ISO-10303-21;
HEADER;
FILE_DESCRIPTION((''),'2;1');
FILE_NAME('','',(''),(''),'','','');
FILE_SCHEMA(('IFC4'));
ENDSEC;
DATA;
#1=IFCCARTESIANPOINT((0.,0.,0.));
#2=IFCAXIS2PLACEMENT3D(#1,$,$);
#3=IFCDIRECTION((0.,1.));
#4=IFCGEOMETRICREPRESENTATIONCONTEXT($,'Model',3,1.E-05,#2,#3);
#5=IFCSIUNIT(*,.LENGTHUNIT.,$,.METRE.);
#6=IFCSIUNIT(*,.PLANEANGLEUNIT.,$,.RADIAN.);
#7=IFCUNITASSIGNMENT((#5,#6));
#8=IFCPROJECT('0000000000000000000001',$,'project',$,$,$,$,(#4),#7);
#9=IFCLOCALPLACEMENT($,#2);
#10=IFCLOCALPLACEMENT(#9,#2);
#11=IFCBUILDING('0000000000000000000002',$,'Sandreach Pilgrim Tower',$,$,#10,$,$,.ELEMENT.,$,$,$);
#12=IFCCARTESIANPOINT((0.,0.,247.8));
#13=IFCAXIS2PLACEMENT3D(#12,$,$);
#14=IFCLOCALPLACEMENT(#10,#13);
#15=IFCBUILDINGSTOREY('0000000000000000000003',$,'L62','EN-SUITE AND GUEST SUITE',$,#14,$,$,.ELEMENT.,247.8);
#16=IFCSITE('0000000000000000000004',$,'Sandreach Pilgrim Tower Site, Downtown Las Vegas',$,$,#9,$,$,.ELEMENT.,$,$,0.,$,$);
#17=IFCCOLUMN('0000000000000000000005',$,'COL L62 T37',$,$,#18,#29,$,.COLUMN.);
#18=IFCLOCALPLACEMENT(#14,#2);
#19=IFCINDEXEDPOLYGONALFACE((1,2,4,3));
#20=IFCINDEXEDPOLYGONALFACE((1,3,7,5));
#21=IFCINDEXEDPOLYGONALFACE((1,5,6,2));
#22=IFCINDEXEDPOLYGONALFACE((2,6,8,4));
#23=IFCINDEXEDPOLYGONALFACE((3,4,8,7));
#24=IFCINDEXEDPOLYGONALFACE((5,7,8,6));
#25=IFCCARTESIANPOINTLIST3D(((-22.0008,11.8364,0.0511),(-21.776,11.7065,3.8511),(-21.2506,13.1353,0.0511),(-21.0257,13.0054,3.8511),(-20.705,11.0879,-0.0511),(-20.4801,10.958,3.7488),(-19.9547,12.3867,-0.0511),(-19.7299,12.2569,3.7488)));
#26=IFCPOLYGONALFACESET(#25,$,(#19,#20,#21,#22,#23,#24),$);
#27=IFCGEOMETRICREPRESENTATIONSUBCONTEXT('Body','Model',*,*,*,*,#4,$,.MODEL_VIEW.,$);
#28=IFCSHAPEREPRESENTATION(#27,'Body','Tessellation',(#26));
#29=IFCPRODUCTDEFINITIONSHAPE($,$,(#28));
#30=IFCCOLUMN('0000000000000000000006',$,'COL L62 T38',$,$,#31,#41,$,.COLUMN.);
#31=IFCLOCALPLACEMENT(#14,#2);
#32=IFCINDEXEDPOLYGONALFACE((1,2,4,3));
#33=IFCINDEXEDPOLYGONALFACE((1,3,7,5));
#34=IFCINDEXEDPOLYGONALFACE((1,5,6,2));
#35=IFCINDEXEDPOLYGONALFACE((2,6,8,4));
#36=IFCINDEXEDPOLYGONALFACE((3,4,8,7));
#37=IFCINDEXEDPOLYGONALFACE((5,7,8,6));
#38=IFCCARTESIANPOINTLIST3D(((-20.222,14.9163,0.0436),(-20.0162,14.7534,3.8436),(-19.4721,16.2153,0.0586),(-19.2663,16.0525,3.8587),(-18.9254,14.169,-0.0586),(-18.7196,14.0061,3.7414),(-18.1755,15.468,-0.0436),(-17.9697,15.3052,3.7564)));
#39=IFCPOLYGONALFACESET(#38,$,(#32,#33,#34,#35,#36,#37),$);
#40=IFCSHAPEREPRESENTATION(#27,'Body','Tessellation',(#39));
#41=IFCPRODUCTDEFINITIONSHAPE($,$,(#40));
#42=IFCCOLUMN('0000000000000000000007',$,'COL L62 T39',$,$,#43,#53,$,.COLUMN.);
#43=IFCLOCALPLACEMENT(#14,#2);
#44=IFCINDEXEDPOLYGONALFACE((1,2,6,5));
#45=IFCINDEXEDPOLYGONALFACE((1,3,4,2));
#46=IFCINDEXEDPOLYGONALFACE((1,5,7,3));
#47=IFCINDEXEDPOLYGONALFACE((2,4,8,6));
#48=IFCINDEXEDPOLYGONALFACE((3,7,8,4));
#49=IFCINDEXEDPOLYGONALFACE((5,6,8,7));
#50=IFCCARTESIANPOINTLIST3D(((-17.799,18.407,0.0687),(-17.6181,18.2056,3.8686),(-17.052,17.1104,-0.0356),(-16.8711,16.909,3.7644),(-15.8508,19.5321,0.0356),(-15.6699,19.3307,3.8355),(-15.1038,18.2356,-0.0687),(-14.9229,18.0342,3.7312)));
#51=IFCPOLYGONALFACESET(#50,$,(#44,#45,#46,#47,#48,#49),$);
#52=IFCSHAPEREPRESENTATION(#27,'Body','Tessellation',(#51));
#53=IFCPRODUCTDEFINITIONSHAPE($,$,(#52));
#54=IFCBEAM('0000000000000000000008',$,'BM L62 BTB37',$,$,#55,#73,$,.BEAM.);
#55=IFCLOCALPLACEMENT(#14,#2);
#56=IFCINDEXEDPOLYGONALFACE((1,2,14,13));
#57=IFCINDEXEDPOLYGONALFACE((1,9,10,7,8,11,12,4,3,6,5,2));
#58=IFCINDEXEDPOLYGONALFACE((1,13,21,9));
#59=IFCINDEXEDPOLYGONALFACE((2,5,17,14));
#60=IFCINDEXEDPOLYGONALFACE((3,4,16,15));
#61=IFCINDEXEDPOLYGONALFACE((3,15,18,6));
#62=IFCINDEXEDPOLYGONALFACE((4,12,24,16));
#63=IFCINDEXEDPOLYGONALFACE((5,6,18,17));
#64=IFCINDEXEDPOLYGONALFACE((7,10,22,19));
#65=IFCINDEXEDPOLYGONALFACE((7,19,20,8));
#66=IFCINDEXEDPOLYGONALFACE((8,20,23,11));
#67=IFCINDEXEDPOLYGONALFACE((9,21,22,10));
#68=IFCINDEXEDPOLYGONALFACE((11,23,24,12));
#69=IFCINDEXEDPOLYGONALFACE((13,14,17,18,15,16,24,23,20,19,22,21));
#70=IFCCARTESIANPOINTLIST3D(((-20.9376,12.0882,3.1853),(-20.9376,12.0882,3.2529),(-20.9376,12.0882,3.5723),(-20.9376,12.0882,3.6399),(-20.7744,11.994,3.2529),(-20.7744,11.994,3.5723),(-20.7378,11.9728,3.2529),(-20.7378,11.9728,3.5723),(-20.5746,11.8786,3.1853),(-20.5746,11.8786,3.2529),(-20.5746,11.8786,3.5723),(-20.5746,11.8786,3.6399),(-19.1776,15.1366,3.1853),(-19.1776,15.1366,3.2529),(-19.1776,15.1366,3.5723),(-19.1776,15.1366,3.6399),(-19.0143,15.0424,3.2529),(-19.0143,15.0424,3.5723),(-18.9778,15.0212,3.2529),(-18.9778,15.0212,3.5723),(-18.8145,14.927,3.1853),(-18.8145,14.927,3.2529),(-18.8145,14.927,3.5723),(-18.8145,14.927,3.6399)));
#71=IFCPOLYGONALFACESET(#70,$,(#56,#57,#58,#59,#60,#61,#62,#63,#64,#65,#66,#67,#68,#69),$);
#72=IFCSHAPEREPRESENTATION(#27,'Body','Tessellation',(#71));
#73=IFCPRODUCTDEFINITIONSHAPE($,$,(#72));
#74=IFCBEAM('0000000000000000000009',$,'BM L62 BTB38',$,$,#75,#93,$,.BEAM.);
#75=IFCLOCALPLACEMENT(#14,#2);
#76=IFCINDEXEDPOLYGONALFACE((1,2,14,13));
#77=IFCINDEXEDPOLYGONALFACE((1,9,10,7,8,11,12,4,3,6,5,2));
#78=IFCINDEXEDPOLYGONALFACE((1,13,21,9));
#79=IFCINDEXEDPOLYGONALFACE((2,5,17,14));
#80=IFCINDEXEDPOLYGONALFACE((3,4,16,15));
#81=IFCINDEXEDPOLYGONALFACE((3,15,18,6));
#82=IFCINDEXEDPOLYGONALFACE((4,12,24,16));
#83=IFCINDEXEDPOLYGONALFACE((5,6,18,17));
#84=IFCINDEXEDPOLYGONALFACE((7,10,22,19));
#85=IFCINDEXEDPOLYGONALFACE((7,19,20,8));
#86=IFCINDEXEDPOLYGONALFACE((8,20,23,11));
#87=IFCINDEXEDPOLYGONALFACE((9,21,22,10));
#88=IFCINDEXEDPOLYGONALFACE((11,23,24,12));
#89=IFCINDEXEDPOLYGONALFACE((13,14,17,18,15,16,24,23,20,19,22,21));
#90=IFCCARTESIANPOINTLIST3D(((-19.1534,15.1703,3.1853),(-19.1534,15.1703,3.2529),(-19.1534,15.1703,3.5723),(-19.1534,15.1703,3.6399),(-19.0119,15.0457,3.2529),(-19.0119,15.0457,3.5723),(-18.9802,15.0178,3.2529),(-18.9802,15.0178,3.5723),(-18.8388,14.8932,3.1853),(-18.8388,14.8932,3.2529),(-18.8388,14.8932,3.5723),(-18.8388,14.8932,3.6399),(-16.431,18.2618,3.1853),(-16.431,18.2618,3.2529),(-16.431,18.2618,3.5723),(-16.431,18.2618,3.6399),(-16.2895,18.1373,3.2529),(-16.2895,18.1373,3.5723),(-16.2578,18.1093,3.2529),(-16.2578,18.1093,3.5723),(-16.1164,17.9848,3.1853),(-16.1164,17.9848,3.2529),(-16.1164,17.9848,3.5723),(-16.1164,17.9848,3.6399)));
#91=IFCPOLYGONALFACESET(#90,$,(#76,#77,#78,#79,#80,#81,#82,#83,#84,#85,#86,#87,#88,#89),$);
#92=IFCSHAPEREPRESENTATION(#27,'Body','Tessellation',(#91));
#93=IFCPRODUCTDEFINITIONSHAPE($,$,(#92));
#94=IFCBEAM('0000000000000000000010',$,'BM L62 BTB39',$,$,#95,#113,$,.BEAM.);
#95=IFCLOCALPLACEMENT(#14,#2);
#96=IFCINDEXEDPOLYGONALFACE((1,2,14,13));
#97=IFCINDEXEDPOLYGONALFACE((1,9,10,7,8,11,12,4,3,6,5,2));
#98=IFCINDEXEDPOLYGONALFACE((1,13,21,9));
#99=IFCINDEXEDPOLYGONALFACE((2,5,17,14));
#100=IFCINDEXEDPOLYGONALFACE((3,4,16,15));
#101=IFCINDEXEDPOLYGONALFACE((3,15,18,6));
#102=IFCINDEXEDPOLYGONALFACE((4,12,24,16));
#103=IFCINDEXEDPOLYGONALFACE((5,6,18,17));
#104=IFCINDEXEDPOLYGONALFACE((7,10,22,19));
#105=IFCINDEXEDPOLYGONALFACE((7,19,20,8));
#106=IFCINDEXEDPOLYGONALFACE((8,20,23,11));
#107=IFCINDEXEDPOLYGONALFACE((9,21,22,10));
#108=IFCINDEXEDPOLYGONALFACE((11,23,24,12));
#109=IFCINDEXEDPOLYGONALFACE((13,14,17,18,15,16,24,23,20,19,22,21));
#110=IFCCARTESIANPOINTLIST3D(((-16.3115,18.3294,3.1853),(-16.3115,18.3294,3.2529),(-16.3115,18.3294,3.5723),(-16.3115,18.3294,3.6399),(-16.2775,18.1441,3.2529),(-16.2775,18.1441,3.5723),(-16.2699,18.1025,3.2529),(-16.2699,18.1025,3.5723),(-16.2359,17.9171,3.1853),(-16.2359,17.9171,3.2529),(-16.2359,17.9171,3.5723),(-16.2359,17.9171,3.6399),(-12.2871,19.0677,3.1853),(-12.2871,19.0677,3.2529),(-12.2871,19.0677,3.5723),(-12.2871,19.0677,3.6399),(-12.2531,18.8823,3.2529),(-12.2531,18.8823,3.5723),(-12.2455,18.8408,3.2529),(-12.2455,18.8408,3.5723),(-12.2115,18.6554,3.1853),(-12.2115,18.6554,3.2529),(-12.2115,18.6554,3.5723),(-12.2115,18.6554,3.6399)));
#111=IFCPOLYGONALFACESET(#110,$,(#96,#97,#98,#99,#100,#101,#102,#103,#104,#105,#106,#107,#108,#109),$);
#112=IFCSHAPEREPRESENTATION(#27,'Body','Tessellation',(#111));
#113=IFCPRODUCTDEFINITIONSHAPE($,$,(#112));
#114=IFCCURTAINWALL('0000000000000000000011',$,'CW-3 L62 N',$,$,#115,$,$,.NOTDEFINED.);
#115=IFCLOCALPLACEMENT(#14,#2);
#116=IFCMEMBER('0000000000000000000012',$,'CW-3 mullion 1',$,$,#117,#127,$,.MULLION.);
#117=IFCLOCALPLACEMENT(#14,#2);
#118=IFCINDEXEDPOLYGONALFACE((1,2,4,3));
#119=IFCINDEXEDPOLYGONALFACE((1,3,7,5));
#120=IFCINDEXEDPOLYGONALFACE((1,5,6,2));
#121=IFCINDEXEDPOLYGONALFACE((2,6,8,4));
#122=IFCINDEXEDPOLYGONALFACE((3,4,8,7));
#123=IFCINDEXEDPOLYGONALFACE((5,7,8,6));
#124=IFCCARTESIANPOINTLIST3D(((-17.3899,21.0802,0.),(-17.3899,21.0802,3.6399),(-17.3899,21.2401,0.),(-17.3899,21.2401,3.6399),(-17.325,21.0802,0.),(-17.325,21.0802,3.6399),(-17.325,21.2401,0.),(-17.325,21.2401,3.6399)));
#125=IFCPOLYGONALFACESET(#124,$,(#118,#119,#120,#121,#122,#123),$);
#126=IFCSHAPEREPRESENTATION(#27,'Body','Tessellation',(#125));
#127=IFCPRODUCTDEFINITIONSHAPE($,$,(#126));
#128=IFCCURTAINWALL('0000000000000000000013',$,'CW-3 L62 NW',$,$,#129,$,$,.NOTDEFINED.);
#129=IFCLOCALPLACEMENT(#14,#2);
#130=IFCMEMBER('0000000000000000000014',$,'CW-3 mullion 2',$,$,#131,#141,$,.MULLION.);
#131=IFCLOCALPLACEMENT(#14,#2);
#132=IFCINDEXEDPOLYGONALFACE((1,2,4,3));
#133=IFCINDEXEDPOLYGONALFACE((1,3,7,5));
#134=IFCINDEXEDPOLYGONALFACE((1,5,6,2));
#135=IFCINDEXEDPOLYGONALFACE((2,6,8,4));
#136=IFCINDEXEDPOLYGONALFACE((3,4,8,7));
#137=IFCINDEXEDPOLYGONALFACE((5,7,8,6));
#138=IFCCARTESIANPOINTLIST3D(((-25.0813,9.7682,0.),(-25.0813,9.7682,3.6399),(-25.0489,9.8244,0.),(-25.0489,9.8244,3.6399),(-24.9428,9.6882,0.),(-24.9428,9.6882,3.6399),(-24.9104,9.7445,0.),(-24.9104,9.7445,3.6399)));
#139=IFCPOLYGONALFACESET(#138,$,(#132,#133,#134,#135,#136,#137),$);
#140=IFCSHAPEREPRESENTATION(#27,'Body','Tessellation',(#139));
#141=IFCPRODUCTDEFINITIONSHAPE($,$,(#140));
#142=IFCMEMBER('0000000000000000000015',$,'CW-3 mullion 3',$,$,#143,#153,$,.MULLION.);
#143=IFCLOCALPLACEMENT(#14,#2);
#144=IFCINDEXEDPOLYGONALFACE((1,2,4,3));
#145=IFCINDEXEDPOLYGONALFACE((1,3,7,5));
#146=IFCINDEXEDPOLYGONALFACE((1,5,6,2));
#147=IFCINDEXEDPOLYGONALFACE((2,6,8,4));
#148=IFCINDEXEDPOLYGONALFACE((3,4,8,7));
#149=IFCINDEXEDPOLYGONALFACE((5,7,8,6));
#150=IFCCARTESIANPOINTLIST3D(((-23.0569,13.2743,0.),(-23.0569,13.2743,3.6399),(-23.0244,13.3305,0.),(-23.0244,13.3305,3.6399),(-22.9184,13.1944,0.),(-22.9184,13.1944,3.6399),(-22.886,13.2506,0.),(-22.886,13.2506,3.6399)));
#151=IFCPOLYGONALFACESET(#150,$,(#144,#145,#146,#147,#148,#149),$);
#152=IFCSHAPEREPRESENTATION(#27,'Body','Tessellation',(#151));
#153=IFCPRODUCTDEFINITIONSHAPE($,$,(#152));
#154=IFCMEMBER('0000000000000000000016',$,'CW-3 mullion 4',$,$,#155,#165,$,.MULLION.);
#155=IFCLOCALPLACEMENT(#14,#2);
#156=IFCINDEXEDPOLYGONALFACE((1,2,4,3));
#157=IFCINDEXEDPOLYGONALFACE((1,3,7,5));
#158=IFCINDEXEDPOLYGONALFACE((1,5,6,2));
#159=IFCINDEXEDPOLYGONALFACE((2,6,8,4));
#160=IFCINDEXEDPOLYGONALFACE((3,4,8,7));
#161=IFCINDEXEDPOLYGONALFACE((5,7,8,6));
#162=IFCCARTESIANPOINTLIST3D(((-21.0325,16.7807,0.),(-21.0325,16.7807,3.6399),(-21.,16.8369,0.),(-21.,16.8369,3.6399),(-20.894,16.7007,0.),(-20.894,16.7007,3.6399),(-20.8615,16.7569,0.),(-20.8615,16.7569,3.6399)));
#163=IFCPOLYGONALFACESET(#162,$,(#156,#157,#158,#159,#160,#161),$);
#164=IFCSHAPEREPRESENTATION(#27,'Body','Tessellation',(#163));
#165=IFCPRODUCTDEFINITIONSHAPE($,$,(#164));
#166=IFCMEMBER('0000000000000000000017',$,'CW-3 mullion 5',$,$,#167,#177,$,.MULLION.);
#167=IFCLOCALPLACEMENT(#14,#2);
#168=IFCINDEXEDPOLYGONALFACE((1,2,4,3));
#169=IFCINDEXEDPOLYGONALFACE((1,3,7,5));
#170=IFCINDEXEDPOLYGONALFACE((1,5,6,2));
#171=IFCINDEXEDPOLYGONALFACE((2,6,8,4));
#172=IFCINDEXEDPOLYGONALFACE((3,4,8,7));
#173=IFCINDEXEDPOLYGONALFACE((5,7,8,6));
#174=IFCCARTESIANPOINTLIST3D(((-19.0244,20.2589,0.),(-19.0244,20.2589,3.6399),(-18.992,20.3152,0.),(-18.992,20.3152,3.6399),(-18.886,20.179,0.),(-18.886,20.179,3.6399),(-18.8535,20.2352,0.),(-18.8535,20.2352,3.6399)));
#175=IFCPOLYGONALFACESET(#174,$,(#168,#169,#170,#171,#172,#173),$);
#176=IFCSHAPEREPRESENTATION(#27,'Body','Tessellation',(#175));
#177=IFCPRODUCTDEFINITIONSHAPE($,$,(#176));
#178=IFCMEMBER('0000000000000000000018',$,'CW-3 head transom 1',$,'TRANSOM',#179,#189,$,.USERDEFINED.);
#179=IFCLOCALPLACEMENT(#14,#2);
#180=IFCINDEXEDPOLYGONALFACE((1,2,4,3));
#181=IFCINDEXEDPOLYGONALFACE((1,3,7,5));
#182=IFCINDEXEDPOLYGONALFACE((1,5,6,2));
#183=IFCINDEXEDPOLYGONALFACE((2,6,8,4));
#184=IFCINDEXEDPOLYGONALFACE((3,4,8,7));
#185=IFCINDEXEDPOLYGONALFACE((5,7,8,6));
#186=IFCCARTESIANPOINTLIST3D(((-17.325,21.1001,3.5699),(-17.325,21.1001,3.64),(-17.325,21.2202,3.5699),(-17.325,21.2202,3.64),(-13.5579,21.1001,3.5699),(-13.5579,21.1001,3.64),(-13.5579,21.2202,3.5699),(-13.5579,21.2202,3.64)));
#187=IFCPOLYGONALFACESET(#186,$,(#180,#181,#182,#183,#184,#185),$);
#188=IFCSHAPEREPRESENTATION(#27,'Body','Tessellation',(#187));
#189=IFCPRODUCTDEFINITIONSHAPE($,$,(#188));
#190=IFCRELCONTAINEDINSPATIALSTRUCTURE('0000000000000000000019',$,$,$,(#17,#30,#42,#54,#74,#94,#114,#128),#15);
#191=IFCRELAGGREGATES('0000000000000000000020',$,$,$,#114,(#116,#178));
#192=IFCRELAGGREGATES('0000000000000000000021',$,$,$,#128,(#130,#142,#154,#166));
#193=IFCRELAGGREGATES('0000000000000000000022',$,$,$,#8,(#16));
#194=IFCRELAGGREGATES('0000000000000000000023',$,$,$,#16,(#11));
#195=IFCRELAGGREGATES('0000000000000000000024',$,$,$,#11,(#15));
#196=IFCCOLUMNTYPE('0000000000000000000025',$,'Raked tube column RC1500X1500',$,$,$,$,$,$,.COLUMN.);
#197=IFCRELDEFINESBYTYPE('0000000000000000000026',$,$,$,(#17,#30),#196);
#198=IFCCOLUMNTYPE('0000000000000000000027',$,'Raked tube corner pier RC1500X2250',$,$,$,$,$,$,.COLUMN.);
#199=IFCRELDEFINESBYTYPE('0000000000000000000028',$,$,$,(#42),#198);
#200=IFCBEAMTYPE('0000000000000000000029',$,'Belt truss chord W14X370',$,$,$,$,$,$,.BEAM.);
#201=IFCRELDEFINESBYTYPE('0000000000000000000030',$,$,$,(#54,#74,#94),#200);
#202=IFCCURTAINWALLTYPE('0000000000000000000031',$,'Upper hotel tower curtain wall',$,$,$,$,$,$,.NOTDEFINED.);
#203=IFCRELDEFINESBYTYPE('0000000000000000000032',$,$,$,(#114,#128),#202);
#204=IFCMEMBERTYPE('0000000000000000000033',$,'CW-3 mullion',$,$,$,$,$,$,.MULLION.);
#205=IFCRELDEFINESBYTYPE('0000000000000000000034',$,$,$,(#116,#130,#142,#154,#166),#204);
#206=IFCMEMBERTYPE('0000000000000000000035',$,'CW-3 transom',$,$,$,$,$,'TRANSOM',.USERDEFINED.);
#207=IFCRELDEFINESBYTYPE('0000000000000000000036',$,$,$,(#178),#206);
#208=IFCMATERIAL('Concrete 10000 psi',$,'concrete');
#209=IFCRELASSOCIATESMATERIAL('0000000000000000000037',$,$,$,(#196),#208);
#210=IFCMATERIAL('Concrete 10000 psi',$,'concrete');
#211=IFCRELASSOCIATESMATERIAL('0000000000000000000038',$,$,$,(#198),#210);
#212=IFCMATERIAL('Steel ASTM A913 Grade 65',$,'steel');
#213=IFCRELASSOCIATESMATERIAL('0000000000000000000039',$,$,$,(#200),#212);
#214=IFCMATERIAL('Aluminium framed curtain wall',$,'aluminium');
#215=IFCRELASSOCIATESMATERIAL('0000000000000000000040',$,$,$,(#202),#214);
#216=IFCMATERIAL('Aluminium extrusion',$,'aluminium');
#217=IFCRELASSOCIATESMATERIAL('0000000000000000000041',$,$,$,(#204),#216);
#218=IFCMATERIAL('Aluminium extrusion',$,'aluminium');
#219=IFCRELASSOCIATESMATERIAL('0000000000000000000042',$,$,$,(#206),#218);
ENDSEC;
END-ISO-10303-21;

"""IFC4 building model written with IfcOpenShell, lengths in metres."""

from ifc_helpers import new_model, si_unit, direction, frame, origin, origin_2d, place, context, subcontext, project, spatial, rectangle, i_section, extrude, material, material_profile, profile_set, type_object, element, aggregate, save


model = new_model("IFC4")

# Units and contexts
model_context = context("Model", 3, precision=1e-05, world=origin(), true_north=direction((0.0, 1.0)))
body_context = subcontext(model_context, "Body", "Model", "MODEL_VIEW")
ifc_project = project(units=[si_unit("LENGTHUNIT", "METRE"), si_unit("PLANEANGLEUNIT", "RADIAN")], contexts=[model_context])

# Site, building, storey
site_placement = place(None, origin())
site = spatial("IfcSite", under=ifc_project, at=site_placement, Name="Sandreach Pilgrim Tower Site, Downtown Las Vegas", CompositionType="ELEMENT", RefElevation=0.0)
building_placement = place(site_placement, origin())
building = spatial("IfcBuilding", under=site, at=building_placement, Name="Sandreach Pilgrim Tower", CompositionType="ELEMENT")
storey_placement = place(building_placement, frame((0.0, 0.0, 247.8)))
storey = spatial("IfcBuildingStorey", under=building, at=storey_placement, Name="L62", Description="EN-SUITE AND GUEST SUITE", CompositionType="ELEMENT", Elevation=247.8)

# Columns
ifc_material_1 = material(Name="Concrete 10000 psi", Category="concrete")
ifc_material_profile_1 = material_profile(ifc_material_1, rectangle(XDim=1.5, YDim=1.5, at=origin_2d()), Name="RC1500X1500")
ifc_profile_set_1 = profile_set([ifc_material_profile_1], Name="Concrete 10000 psi")
column_type_1 = type_object("IfcColumnType", Name="Raked tube column RC1500X1500", PredefinedType="COLUMN", material=ifc_profile_set_1)
column_1_placement = place(storey_placement, frame((-20.9778, 12.1116, 0.0), z_axis=(0.059034, -0.0341, 0.997673), x_axis=(-0.863905, 0.49902, 0.068174)))
element("IfcColumn", 1, at=column_1_placement, inside=storey, type_object=column_type_1, Name="COL L62 T37", PredefinedType="COLUMN", context=body_context, shape_type="SweptSolid", body=[
    extrude(rectangle(XDim=1.5, YDim=1.5, at=origin_2d()), origin(), (0.0, 0.0, 1.0), 3.8088),
])
column_2_placement = place(storey_placement, frame((-19.1987, 15.1921, 0.0), z_axis=(0.054031, -0.042751, 0.997624), x_axis=(-0.864378, 0.498202, 0.068164)))
element("IfcColumn", 2, at=column_2_placement, inside=storey, type_object=column_type_1, Name="COL L62 T38", PredefinedType="COLUMN", context=body_context, shape_type="SweptSolid", body=[
    extrude(rectangle(XDim=1.5, YDim=1.5, at=origin_2d()), origin(), (0.0, 0.0, 1.0), 3.8091),
])
ifc_material_2 = material(Name="Concrete 10000 psi", Category="concrete")
ifc_material_profile_2 = material_profile(ifc_material_2, rectangle(XDim=1.5, YDim=2.25, at=origin_2d()), Name="RC1500X2250")
ifc_profile_set_2 = profile_set([ifc_material_profile_2], Name="Concrete 10000 psi")
column_type_2 = type_object("IfcColumnType", Name="Raked tube corner pier RC1500X2250", PredefinedType="COLUMN", material=ifc_profile_set_2)
column_3_placement = place(storey_placement, frame((-16.4514, 18.3213, 0.0), z_axis=(0.047486, -0.05287, 0.997472), x_axis=(-0.49802, 0.864374, 0.069524)))
element("IfcColumn", 3, at=column_3_placement, inside=storey, type_object=column_type_2, Name="COL L62 T39", PredefinedType="COLUMN", context=body_context, shape_type="SweptSolid", body=[
    extrude(rectangle(XDim=1.5, YDim=2.25, at=origin_2d()), origin(), (0.0, 0.0, 1.0), 3.8096),
])

# Beams
ifc_material_3 = material(Name="Steel ASTM A913 Grade 65", Category="steel")
ifc_material_profile_3 = material_profile(ifc_material_3, i_section(OverallWidth=0.4192, OverallDepth=0.4546, WebThickness=0.0422, FlangeThickness=0.0676, at=origin_2d()), Name="W14X370")
ifc_profile_set_3 = profile_set([ifc_material_profile_3], Name="Steel ASTM A913 Grade 65")
beam_type_1 = type_object("IfcBeamType", Name="Belt truss chord W14X370", PredefinedType="BEAM", material=ifc_profile_set_3)
beam_1_placement = place(storey_placement, frame((-20.7561, 11.9834, 3.4126), z_axis=(0.500011, 0.866019, 0.0), x_axis=(-0.866019, 0.500011, 0.0)))
element("IfcBeam", 4, at=beam_1_placement, inside=storey, type_object=beam_type_1, Name="BM L62 BTB37", PredefinedType="BEAM", context=body_context, shape_type="SweptSolid", body=[
    extrude(i_section(OverallWidth=0.4192, OverallDepth=0.4546, WebThickness=0.0422, FlangeThickness=0.0676, at=origin_2d()), origin(), (0.0, 0.0, 1.0), 3.52),
])
beam_2_placement = place(storey_placement, frame((-18.9961, 15.0317, 3.4126), z_axis=(0.66088, 0.750491, 0.0), x_axis=(-0.750491, 0.66088, 0.0)))
element("IfcBeam", 5, at=beam_2_placement, inside=storey, type_object=beam_type_1, Name="BM L62 BTB38", PredefinedType="BEAM", context=body_context, shape_type="SweptSolid", body=[
    extrude(i_section(OverallWidth=0.4192, OverallDepth=0.4546, WebThickness=0.0422, FlangeThickness=0.0676, at=origin_2d()), origin(), (0.0, 0.0, 1.0), 4.1194),
])
beam_3_placement = place(storey_placement, frame((-16.2737, 18.1233, 3.4126), z_axis=(0.983586, 0.180439, 0.0), x_axis=(-0.180439, 0.983586, 0.0)))
element("IfcBeam", 6, at=beam_3_placement, inside=storey, type_object=beam_type_1, Name="BM L62 BTB39", PredefinedType="BEAM", context=body_context, shape_type="SweptSolid", body=[
    extrude(i_section(OverallWidth=0.4192, OverallDepth=0.4546, WebThickness=0.0422, FlangeThickness=0.0676, at=origin_2d()), origin(), (0.0, 0.0, 1.0), 4.0916),
])

# Curtain wall, member
ifc_material_4 = material(Name="Aluminium framed curtain wall", Category="aluminium")
curtain_wall_type = type_object("IfcCurtainWallType", Name="Upper hotel tower curtain wall", PredefinedType="NOTDEFINED", material=ifc_material_4)
curtain_wall_1_placement = place(storey_placement, origin())
curtain_wall_1 = element("IfcCurtainWall", 7, at=curtain_wall_1_placement, inside=storey, type_object=curtain_wall_type, Name="CW-3 L62 N", PredefinedType="NOTDEFINED")
ifc_material_5 = material(Name="Aluminium extrusion", Category="aluminium")
ifc_material_profile_4 = material_profile(ifc_material_5, rectangle(XDim=0.0649, YDim=0.1599, at=origin_2d()), Name="CW-3M 65X160")
ifc_profile_set_4 = profile_set([ifc_material_profile_4], Name="Aluminium extrusion")
member_type_1 = type_object("IfcMemberType", Name="CW-3 mullion", PredefinedType="MULLION", material=ifc_profile_set_4)
member_1_placement = place(storey_placement, frame((-17.3574, 21.1602, 0.0), z_axis=(0.0, 0.0, 1.0), x_axis=(1.0, 0.0, 0.0)))
member_1 = element("IfcMember", 8, at=member_1_placement, type_object=member_type_1, Name="CW-3 mullion 1", PredefinedType="MULLION", context=body_context, shape_type="SweptSolid", body=[
    extrude(rectangle(XDim=0.0649, YDim=0.1599, at=origin_2d()), origin(), (0.0, 0.0, 1.0), 3.6399),
])

# Curtain wall, members
curtain_wall_2_placement = place(storey_placement, origin())
curtain_wall_2 = element("IfcCurtainWall", 9, at=curtain_wall_2_placement, inside=storey, type_object=curtain_wall_type, Name="CW-3 L62 NW", PredefinedType="NOTDEFINED")
member_2_placement = place(storey_placement, frame((-24.9958, 9.7563, 0.0), z_axis=(0.0, 0.0, 1.0), x_axis=(0.5, 0.866025, 0.0)))
member_2 = element("IfcMember", 10, at=member_2_placement, type_object=member_type_1, Name="CW-3 mullion 2", PredefinedType="MULLION", context=body_context, shape_type="SweptSolid", body=[
    extrude(rectangle(XDim=0.0649, YDim=0.1599, at=origin_2d()), origin(), (0.0, 0.0, 1.0), 3.6399),
])
member_3_placement = place(storey_placement, frame((-22.9714, 13.2625, 0.0), z_axis=(0.0, 0.0, 1.0), x_axis=(0.5, 0.866025, 0.0)))
member_3 = element("IfcMember", 11, at=member_3_placement, type_object=member_type_1, Name="CW-3 mullion 3", PredefinedType="MULLION", context=body_context, shape_type="SweptSolid", body=[
    extrude(rectangle(XDim=0.0649, YDim=0.1599, at=origin_2d()), origin(), (0.0, 0.0, 1.0), 3.6399),
])
member_4_placement = place(storey_placement, frame((-20.947, 16.7688, 0.0), z_axis=(0.0, 0.0, 1.0), x_axis=(0.5, 0.866025, 0.0)))
member_4 = element("IfcMember", 12, at=member_4_placement, type_object=member_type_1, Name="CW-3 mullion 4", PredefinedType="MULLION", context=body_context, shape_type="SweptSolid", body=[
    extrude(rectangle(XDim=0.0649, YDim=0.1599, at=origin_2d()), origin(), (0.0, 0.0, 1.0), 3.6399),
])
member_5_placement = place(storey_placement, frame((-18.939, 20.2471, 0.0), z_axis=(0.0, 0.0, 1.0), x_axis=(0.5, 0.866025, 0.0)))
member_5 = element("IfcMember", 13, at=member_5_placement, type_object=member_type_1, Name="CW-3 mullion 5", PredefinedType="MULLION", context=body_context, shape_type="SweptSolid", body=[
    extrude(rectangle(XDim=0.0649, YDim=0.1599, at=origin_2d()), origin(), (0.0, 0.0, 1.0), 3.6399),
])

# Member
ifc_material_6 = material(Name="Aluminium extrusion", Category="aluminium")
ifc_material_profile_5 = material_profile(ifc_material_6, rectangle(XDim=0.1201, YDim=0.0701, at=origin_2d()), Name="CW-3T 120X70")
ifc_profile_set_5 = profile_set([ifc_material_profile_5], Name="Aluminium extrusion")
member_type_2 = type_object("IfcMemberType", Name="CW-3 transom", ElementType="TRANSOM", PredefinedType="USERDEFINED", material=ifc_profile_set_5)
member_6_placement = place(storey_placement, frame((-17.325, 21.1602, 3.605), z_axis=(1.0, 0.0, 0.0), x_axis=(0.0, 1.0, 0.0)))
member_6 = element("IfcMember", 14, at=member_6_placement, type_object=member_type_2, Name="CW-3 head transom 1", ObjectType="TRANSOM", PredefinedType="USERDEFINED", context=body_context, shape_type="SweptSolid", body=[
    extrude(rectangle(XDim=0.1201, YDim=0.0701, at=origin_2d()), origin(), (0.0, 0.0, 1.0), 3.7671),
])

aggregate(curtain_wall_1, [member_1, member_6])
aggregate(curtain_wall_2, [member_2, member_3, member_4, member_5])

save(model, "model.ifc")
